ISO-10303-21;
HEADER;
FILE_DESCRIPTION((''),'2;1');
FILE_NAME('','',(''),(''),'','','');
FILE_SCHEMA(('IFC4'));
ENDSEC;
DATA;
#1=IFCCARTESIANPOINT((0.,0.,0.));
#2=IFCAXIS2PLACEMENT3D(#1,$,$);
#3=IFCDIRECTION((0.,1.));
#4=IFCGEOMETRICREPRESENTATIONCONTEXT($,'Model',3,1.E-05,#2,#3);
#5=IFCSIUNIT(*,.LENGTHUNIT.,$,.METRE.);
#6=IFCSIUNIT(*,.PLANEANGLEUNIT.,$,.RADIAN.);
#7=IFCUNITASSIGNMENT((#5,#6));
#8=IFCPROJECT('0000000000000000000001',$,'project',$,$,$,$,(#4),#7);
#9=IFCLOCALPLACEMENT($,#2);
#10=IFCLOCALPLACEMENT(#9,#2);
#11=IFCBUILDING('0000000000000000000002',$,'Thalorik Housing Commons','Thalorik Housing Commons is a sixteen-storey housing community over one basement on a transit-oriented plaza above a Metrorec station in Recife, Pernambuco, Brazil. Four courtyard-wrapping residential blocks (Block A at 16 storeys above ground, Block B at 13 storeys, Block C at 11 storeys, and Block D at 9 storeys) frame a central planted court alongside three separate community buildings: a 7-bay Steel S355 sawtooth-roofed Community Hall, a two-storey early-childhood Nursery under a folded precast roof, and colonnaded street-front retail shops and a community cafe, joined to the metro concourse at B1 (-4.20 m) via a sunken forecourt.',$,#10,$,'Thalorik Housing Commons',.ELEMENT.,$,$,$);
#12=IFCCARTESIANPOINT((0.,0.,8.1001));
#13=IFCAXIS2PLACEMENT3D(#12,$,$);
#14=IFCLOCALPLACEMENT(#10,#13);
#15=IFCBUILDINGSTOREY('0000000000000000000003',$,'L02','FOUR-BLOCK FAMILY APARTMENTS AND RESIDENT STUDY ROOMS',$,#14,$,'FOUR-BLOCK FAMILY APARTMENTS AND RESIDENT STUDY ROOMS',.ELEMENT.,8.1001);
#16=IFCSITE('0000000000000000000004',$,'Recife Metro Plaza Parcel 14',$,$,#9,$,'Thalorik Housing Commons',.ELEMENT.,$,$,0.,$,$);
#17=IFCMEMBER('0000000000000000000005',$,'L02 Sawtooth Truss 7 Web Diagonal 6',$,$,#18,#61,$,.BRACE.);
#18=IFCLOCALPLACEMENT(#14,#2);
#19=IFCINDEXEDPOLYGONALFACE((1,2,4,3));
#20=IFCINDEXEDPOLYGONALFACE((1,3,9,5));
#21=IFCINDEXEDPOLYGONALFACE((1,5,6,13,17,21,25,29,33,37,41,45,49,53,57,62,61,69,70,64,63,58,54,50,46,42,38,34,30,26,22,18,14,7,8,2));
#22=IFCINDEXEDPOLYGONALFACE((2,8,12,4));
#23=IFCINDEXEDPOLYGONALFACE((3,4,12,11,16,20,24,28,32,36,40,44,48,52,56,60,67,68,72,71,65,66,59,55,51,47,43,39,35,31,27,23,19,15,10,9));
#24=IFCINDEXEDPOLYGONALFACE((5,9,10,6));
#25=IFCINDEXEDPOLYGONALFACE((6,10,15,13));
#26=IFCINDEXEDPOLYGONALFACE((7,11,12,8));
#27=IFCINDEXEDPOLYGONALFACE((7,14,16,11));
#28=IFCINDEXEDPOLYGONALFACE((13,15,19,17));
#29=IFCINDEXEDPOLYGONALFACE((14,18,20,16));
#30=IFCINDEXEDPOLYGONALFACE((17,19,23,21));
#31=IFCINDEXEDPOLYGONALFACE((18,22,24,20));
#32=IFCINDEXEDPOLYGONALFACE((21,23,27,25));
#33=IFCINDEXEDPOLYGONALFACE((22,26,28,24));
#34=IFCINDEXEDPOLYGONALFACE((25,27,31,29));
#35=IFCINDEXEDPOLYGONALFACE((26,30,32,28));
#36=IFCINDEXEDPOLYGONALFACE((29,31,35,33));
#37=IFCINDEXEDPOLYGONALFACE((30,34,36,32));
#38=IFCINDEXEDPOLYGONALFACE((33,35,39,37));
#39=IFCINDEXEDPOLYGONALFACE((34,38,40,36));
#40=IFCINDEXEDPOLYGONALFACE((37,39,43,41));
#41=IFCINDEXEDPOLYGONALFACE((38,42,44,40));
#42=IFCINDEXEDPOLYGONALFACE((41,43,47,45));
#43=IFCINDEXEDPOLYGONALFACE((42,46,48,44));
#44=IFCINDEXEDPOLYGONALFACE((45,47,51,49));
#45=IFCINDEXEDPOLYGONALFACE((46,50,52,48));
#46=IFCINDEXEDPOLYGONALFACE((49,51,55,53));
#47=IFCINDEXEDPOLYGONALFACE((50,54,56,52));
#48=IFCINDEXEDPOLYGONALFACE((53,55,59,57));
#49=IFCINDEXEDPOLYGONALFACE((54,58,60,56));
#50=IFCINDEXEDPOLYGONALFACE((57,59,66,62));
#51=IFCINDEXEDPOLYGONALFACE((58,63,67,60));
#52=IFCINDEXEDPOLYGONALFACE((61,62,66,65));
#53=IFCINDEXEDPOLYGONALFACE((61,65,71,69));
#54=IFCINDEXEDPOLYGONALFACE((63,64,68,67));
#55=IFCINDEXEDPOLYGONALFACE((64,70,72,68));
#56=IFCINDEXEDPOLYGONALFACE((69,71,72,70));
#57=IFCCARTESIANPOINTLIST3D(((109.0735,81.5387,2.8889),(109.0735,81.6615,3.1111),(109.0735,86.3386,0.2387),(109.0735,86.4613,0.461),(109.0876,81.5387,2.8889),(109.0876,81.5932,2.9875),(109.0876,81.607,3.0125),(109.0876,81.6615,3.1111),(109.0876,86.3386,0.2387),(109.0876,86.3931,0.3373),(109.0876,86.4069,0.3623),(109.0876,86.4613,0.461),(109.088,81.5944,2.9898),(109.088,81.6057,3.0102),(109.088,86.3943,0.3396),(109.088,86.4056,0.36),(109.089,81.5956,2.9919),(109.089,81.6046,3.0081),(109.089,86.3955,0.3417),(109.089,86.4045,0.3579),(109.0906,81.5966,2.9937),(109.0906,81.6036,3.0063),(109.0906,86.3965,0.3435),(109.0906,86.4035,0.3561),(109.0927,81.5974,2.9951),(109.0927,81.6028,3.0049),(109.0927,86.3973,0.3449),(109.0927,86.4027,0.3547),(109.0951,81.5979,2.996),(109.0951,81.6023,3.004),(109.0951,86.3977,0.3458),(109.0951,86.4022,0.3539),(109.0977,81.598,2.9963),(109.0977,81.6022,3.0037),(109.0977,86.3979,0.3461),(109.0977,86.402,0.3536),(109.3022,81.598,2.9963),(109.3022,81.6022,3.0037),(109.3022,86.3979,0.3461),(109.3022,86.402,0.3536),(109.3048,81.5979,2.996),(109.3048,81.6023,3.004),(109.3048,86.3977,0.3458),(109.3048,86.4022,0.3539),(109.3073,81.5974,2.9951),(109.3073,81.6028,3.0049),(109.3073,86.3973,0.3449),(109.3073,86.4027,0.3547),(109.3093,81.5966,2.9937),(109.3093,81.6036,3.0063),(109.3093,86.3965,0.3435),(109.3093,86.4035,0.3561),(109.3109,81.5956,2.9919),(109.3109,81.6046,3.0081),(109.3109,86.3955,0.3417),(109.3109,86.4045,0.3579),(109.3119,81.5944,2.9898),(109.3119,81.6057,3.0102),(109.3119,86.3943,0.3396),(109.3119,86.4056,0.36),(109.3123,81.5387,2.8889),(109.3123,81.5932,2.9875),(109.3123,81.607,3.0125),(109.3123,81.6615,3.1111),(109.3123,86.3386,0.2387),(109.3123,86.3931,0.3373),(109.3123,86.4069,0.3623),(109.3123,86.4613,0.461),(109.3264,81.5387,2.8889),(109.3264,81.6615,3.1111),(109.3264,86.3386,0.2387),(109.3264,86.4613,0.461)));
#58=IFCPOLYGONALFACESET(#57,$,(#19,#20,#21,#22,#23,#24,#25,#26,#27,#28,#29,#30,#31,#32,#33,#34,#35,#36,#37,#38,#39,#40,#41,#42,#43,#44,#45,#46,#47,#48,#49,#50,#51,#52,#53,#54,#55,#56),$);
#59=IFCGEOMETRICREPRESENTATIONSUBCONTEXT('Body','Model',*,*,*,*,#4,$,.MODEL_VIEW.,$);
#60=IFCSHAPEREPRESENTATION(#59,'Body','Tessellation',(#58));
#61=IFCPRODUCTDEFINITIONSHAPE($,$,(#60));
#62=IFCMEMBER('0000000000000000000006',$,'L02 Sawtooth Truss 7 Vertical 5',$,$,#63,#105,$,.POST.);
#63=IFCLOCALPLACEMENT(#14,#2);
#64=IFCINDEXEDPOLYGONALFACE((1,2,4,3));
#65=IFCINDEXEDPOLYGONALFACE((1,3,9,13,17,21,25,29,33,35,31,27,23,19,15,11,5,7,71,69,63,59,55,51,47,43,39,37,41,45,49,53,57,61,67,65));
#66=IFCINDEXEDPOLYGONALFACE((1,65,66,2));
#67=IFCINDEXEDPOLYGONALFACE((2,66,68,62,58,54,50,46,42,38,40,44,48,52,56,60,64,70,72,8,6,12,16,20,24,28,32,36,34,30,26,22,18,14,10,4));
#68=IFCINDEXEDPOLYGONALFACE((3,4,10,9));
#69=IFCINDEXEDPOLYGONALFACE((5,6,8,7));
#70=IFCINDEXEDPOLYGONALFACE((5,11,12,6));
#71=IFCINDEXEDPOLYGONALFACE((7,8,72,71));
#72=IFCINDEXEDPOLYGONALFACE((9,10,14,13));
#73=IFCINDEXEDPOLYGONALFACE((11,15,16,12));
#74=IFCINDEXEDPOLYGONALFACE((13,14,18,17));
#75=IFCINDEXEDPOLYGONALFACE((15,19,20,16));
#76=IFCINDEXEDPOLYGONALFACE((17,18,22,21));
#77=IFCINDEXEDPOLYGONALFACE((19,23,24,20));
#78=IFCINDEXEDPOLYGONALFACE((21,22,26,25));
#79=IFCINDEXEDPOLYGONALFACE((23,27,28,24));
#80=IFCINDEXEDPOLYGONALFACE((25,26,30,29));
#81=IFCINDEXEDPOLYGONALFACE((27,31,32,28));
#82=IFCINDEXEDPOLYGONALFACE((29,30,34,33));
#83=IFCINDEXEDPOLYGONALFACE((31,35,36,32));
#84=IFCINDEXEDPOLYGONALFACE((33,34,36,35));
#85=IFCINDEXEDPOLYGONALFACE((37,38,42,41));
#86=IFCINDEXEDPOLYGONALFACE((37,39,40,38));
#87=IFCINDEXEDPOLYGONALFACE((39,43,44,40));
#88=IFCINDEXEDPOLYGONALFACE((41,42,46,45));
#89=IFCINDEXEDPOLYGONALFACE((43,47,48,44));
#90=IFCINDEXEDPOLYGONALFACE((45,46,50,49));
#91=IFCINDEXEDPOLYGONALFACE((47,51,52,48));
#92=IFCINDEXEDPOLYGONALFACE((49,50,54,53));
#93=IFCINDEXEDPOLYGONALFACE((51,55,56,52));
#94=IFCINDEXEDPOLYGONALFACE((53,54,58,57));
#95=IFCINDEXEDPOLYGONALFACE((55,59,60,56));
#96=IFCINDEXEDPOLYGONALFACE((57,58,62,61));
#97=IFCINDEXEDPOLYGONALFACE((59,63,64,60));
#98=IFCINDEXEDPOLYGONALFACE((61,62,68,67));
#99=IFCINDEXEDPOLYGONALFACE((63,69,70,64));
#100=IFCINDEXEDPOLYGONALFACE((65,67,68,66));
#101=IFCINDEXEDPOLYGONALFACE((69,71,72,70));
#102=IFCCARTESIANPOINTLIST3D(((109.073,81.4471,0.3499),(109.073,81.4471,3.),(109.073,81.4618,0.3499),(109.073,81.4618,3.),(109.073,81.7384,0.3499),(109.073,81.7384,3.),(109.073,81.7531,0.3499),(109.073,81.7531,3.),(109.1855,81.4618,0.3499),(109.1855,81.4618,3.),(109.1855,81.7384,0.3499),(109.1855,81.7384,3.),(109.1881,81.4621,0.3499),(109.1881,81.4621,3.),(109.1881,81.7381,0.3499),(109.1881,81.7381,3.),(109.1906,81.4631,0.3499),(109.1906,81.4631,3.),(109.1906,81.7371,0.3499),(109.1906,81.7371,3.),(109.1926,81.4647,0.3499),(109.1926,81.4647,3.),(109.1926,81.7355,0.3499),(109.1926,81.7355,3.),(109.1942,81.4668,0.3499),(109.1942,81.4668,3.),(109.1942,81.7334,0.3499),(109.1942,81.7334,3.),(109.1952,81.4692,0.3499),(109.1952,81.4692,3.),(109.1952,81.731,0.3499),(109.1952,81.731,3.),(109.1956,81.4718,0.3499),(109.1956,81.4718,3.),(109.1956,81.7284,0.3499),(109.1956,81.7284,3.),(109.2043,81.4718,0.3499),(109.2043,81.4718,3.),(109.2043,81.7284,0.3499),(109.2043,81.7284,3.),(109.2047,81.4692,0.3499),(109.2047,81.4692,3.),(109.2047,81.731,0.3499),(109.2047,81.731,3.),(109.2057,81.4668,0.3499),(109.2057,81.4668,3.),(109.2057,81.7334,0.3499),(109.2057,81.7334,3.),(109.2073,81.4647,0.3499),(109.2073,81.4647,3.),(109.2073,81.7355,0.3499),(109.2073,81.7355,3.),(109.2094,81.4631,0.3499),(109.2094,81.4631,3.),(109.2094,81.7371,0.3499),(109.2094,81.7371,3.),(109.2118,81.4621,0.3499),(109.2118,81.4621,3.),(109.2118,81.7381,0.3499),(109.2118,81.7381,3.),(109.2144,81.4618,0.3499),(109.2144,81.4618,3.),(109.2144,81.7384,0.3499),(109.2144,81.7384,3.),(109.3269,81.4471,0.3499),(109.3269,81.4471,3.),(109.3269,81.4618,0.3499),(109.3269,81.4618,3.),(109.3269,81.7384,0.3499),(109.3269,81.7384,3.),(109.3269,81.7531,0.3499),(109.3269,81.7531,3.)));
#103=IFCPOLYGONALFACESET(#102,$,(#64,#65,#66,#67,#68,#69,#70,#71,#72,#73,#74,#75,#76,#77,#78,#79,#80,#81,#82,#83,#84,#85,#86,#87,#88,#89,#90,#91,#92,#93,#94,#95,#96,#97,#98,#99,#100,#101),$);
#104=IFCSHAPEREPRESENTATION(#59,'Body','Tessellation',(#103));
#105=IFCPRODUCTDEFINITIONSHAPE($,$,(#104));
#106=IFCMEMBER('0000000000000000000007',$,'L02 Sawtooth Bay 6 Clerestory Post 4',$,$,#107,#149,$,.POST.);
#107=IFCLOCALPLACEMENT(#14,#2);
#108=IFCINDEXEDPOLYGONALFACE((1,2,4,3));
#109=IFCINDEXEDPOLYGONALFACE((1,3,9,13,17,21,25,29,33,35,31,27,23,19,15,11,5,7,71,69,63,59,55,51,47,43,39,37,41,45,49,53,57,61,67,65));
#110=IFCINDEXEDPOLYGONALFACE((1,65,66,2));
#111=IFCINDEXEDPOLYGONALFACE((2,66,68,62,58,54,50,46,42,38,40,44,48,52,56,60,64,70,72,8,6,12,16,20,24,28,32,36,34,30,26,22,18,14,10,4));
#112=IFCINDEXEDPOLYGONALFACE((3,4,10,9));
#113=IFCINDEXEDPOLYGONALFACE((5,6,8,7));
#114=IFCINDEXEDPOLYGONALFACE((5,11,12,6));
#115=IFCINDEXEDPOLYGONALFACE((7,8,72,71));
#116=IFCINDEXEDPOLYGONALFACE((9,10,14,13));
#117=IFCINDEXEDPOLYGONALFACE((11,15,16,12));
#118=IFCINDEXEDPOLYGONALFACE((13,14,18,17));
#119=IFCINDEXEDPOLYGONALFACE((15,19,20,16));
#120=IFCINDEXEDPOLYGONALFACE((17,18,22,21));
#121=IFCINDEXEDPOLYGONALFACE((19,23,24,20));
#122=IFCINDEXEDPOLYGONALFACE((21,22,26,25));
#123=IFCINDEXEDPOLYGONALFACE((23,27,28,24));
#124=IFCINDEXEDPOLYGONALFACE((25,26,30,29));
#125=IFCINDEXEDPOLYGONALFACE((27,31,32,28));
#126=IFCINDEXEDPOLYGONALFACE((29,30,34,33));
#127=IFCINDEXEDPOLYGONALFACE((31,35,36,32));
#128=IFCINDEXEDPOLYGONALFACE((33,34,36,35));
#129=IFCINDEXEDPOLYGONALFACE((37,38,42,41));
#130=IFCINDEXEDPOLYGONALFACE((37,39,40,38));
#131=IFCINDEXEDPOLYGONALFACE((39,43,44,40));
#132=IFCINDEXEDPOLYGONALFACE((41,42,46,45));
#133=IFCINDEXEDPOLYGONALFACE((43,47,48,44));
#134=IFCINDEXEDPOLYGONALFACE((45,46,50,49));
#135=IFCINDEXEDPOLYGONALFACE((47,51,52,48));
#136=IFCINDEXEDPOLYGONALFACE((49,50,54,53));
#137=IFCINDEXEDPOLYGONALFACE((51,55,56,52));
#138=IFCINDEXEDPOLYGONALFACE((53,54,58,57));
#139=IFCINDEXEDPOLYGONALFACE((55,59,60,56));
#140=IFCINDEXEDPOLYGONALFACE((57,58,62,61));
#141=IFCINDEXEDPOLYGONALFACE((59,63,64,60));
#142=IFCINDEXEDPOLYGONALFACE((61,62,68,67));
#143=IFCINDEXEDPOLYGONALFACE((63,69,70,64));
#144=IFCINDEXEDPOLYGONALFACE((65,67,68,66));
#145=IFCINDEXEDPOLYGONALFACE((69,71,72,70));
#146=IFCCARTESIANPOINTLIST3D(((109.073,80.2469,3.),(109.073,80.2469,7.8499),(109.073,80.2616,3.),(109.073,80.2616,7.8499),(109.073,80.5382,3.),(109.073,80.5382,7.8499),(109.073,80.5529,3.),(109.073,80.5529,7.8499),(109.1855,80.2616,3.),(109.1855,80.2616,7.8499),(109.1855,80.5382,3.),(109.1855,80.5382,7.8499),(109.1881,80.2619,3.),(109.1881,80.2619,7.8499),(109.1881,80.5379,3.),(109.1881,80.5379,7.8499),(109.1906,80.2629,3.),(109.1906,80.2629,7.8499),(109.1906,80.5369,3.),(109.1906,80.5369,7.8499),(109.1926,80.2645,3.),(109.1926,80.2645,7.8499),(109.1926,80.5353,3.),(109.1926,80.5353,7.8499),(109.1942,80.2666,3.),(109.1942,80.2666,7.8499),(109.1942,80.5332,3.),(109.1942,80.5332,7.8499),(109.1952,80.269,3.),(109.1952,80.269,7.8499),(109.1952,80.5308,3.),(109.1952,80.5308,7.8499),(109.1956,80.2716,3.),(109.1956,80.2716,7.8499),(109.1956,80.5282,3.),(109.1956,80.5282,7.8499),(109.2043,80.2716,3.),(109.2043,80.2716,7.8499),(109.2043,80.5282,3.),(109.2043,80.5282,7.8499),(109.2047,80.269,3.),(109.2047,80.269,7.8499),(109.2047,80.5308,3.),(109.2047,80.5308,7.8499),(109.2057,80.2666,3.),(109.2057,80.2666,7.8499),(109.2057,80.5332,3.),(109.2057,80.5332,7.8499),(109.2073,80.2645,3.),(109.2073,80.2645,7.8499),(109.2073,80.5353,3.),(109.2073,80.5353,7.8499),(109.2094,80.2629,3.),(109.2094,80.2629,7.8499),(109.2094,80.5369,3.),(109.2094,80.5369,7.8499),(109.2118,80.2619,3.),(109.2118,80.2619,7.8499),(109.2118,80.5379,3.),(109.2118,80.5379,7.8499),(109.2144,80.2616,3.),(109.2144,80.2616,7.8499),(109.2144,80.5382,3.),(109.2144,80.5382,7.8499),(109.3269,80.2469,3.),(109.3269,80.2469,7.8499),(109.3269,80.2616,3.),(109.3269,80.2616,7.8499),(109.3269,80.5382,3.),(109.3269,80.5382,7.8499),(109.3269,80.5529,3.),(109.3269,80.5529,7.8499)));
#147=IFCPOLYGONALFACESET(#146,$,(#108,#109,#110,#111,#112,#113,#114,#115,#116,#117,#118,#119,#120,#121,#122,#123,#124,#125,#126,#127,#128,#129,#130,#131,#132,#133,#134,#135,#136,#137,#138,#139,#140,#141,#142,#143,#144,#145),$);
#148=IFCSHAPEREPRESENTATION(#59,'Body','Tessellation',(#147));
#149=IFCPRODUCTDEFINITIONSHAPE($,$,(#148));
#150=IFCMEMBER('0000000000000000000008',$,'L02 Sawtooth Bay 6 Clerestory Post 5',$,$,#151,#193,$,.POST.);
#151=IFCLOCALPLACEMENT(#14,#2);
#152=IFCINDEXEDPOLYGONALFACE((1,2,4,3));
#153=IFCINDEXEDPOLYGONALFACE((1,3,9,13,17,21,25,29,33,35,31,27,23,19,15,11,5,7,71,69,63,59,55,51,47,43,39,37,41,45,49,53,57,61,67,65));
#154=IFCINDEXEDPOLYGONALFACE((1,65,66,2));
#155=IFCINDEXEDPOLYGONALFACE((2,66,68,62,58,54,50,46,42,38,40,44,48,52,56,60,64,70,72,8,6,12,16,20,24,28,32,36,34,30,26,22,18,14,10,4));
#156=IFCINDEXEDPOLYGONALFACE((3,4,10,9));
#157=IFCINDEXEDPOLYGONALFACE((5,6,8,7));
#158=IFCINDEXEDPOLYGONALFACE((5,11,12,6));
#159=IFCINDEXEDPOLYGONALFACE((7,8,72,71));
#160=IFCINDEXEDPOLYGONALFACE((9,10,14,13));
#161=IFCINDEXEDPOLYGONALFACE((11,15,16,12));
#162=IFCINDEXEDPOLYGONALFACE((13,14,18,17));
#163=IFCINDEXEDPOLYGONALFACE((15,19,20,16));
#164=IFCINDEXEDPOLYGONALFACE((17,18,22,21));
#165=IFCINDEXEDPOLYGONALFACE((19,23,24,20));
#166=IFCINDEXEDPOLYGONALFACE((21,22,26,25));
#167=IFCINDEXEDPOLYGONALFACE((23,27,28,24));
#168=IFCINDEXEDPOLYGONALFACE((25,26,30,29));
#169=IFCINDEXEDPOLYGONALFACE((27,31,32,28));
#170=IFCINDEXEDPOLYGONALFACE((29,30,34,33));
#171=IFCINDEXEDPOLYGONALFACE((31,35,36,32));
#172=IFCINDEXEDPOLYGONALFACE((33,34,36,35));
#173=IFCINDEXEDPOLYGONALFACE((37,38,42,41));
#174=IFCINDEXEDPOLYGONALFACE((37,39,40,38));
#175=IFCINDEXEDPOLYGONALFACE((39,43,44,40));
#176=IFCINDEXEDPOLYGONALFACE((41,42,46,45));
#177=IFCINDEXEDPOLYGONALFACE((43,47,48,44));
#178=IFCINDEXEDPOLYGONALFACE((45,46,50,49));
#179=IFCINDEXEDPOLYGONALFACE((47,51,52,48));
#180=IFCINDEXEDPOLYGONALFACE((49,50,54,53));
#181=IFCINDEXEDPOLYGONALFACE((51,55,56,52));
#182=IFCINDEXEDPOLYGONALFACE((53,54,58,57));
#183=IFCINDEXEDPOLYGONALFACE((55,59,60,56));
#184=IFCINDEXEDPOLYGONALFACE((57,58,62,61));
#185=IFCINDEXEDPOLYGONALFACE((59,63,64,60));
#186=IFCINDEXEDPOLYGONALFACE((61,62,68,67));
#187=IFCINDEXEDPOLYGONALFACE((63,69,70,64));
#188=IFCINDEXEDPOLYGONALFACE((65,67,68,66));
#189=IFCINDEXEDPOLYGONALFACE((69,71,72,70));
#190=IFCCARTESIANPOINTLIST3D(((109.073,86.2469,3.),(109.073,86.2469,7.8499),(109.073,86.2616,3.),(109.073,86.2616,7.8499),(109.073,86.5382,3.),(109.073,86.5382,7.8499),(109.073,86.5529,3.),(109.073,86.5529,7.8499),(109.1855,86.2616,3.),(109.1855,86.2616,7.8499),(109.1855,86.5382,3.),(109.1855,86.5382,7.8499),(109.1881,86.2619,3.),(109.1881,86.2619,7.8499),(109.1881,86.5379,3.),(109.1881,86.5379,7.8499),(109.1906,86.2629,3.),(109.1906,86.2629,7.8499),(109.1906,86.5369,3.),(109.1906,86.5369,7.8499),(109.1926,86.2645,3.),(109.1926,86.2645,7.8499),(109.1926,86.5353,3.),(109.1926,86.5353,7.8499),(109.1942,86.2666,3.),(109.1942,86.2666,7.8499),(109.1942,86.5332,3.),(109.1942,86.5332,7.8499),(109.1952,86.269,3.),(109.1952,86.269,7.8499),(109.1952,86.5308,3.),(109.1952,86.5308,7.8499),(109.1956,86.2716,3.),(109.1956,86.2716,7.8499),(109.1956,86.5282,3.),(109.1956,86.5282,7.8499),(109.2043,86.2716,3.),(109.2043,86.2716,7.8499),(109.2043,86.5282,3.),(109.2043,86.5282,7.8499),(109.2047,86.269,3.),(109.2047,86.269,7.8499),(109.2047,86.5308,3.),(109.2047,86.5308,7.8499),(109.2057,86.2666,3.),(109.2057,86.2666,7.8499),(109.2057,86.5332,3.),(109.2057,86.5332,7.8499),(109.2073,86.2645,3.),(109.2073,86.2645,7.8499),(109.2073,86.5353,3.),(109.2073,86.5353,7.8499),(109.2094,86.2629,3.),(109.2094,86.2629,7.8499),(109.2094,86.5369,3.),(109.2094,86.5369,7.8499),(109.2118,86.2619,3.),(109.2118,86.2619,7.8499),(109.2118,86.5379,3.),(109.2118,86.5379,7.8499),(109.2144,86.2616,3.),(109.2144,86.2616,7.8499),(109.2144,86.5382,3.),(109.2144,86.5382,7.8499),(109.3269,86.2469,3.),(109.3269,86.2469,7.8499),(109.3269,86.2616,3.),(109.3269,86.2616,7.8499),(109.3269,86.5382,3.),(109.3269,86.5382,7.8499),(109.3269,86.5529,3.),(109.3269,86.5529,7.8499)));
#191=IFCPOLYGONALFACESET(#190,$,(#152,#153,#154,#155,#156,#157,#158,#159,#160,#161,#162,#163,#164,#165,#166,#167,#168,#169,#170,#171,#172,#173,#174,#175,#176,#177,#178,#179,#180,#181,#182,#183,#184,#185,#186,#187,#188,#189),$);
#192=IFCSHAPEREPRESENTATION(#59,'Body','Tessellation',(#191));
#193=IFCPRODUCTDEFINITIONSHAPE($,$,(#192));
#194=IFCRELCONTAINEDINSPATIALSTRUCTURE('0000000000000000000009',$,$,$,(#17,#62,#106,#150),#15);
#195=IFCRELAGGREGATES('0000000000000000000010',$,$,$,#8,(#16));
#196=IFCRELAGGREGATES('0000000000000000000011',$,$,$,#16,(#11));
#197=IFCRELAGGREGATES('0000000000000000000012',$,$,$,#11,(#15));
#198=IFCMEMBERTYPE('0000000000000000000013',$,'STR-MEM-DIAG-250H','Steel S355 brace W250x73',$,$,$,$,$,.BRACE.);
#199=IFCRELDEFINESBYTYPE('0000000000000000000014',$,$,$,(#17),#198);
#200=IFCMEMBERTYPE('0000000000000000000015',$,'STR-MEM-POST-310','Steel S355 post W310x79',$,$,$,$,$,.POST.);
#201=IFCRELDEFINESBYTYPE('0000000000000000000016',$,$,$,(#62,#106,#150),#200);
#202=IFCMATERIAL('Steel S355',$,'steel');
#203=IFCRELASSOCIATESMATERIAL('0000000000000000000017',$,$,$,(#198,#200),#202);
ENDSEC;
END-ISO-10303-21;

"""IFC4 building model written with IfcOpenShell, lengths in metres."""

from ifc_helpers import new_model, si_unit, direction, frame, origin, origin_2d, place, context, subcontext, project, spatial, i_section, extrude, material, material_profile, profile_set, type_object, element, save


model = new_model("IFC4")

# Units and contexts
model_context = context("Model", 3, precision=1e-05, world=origin(), true_north=direction((0.0, 1.0)))
body_context = subcontext(model_context, "Body", "Model", "MODEL_VIEW")
ifc_project = project(units=[si_unit("LENGTHUNIT", "METRE"), si_unit("PLANEANGLEUNIT", "RADIAN")], contexts=[model_context])

# Site, building, storey
site_placement = place(None, origin())
site = spatial("IfcSite", under=ifc_project, at=site_placement, Name="Recife Metro Plaza Parcel 14", LongName="Thalorik Housing Commons", CompositionType="ELEMENT", RefElevation=0.0)
building_placement = place(site_placement, origin())
building = spatial("IfcBuilding", under=site, at=building_placement, Name="Thalorik Housing Commons", Description="Thalorik Housing Commons is a sixteen-storey housing community over one basement on a transit-oriented plaza above a Metrorec station in Recife, Pernambuco, Brazil. Four courtyard-wrapping residential blocks (Block A at 16 storeys above ground, Block B at 13 storeys, Block C at 11 storeys, and Block D at 9 storeys) frame a central planted court alongside three separate community buildings: a 7-bay Steel S355 sawtooth-roofed Community Hall, a two-storey early-childhood Nursery under a folded precast roof, and colonnaded street-front retail shops and a community cafe, joined to the metro concourse at B1 (-4.20 m) via a sunken forecourt.", LongName="Thalorik Housing Commons", CompositionType="ELEMENT")
storey_placement = place(building_placement, frame((0.0, 0.0, 8.1001)))
storey = spatial("IfcBuildingStorey", under=building, at=storey_placement, Name="L02", Description="FOUR-BLOCK FAMILY APARTMENTS AND RESIDENT STUDY ROOMS", LongName="FOUR-BLOCK FAMILY APARTMENTS AND RESIDENT STUDY ROOMS", CompositionType="ELEMENT", Elevation=8.1001)

# Shared definitions
ifc_material_1 = material(Name="Steel S355", Category="steel")

# Members
ifc_material_profile_1 = material_profile(ifc_material_1, i_section(OverallWidth=0.2539, OverallDepth=0.2529, WebThickness=0.0085, FlangeThickness=0.0142, FilletRadius=0.01, at=origin_2d()), Name="W250x73", Category="steel")
ifc_profile_set_1 = profile_set([ifc_material_profile_1], Name="Steel S355")
member_type_1 = type_object("IfcMemberType", Name="STR-MEM-DIAG-250H", Description="Steel S355 brace W250x73", PredefinedType="BRACE", material=ifc_profile_set_1)
member_1_placement = place(storey_placement, frame((109.2, 81.6001, 3.0), z_axis=(0.0, 0.875425, -0.483354), x_axis=(0.0, 0.483354, 0.875425)))
element("IfcMember", 1, at=member_1_placement, inside=storey, type_object=member_type_1, Name="L02 Sawtooth Truss 7 Web Diagonal 6", PredefinedType="BRACE", context=body_context, shape_type="SweptSolid", body=[
    extrude(i_section(OverallWidth=0.2539, OverallDepth=0.2529, WebThickness=0.0085, FlangeThickness=0.0142, FilletRadius=0.01, at=origin_2d()), origin(), (0.0, 0.0, 1.0), 5.4829),
])
ifc_material_profile_2 = material_profile(ifc_material_1, i_section(OverallWidth=0.2539, OverallDepth=0.3059, WebThickness=0.0088, FlangeThickness=0.0146, FilletRadius=0.01, at=origin_2d()), Name="W310x79", Category="steel")
ifc_profile_set_2 = profile_set([ifc_material_profile_2], Name="Steel S355")
member_type_2 = type_object("IfcMemberType", Name="STR-MEM-POST-310", Description="Steel S355 post W310x79", PredefinedType="POST", material=ifc_profile_set_2)
member_2_placement = place(storey_placement, frame((109.2, 81.6001, 0.3499), z_axis=(0.0, 0.0, 1.0), x_axis=(1.0, 0.0, 0.0)))
element("IfcMember", 2, at=member_2_placement, inside=storey, type_object=member_type_2, Name="L02 Sawtooth Truss 7 Vertical 5", PredefinedType="POST", context=body_context, shape_type="SweptSolid", body=[
    extrude(i_section(OverallWidth=0.2539, OverallDepth=0.3059, WebThickness=0.0088, FlangeThickness=0.0146, FilletRadius=0.01, at=origin_2d()), origin(), (0.0, 0.0, 1.0), 2.6501),
])
for number, where, z_axis, x_axis, name in (
    (3, (109.2, 80.3999, 3.0), (0.0, 0.0, 1.0), (1.0, 0.0, 0.0), "L02 Sawtooth Bay 6 Clerestory Post 4"),
    (4, (109.2, 86.3999, 3.0), (0.0, 0.0, 1.0), (1.0, 0.0, 0.0), "L02 Sawtooth Bay 6 Clerestory Post 5"),
):
    element("IfcMember", number, at=place(storey_placement, frame(where, z_axis=z_axis, x_axis=x_axis)), inside=storey, type_object=member_type_2, Name=name, PredefinedType="POST", context=body_context, shape_type="SweptSolid", body=[
        extrude(i_section(OverallWidth=0.2539, OverallDepth=0.3059, WebThickness=0.0088, FlangeThickness=0.0146, FilletRadius=0.01, at=origin_2d()), origin(), (0.0, 0.0, 1.0), 4.8499),
    ])

save(model, "model.ifc")
